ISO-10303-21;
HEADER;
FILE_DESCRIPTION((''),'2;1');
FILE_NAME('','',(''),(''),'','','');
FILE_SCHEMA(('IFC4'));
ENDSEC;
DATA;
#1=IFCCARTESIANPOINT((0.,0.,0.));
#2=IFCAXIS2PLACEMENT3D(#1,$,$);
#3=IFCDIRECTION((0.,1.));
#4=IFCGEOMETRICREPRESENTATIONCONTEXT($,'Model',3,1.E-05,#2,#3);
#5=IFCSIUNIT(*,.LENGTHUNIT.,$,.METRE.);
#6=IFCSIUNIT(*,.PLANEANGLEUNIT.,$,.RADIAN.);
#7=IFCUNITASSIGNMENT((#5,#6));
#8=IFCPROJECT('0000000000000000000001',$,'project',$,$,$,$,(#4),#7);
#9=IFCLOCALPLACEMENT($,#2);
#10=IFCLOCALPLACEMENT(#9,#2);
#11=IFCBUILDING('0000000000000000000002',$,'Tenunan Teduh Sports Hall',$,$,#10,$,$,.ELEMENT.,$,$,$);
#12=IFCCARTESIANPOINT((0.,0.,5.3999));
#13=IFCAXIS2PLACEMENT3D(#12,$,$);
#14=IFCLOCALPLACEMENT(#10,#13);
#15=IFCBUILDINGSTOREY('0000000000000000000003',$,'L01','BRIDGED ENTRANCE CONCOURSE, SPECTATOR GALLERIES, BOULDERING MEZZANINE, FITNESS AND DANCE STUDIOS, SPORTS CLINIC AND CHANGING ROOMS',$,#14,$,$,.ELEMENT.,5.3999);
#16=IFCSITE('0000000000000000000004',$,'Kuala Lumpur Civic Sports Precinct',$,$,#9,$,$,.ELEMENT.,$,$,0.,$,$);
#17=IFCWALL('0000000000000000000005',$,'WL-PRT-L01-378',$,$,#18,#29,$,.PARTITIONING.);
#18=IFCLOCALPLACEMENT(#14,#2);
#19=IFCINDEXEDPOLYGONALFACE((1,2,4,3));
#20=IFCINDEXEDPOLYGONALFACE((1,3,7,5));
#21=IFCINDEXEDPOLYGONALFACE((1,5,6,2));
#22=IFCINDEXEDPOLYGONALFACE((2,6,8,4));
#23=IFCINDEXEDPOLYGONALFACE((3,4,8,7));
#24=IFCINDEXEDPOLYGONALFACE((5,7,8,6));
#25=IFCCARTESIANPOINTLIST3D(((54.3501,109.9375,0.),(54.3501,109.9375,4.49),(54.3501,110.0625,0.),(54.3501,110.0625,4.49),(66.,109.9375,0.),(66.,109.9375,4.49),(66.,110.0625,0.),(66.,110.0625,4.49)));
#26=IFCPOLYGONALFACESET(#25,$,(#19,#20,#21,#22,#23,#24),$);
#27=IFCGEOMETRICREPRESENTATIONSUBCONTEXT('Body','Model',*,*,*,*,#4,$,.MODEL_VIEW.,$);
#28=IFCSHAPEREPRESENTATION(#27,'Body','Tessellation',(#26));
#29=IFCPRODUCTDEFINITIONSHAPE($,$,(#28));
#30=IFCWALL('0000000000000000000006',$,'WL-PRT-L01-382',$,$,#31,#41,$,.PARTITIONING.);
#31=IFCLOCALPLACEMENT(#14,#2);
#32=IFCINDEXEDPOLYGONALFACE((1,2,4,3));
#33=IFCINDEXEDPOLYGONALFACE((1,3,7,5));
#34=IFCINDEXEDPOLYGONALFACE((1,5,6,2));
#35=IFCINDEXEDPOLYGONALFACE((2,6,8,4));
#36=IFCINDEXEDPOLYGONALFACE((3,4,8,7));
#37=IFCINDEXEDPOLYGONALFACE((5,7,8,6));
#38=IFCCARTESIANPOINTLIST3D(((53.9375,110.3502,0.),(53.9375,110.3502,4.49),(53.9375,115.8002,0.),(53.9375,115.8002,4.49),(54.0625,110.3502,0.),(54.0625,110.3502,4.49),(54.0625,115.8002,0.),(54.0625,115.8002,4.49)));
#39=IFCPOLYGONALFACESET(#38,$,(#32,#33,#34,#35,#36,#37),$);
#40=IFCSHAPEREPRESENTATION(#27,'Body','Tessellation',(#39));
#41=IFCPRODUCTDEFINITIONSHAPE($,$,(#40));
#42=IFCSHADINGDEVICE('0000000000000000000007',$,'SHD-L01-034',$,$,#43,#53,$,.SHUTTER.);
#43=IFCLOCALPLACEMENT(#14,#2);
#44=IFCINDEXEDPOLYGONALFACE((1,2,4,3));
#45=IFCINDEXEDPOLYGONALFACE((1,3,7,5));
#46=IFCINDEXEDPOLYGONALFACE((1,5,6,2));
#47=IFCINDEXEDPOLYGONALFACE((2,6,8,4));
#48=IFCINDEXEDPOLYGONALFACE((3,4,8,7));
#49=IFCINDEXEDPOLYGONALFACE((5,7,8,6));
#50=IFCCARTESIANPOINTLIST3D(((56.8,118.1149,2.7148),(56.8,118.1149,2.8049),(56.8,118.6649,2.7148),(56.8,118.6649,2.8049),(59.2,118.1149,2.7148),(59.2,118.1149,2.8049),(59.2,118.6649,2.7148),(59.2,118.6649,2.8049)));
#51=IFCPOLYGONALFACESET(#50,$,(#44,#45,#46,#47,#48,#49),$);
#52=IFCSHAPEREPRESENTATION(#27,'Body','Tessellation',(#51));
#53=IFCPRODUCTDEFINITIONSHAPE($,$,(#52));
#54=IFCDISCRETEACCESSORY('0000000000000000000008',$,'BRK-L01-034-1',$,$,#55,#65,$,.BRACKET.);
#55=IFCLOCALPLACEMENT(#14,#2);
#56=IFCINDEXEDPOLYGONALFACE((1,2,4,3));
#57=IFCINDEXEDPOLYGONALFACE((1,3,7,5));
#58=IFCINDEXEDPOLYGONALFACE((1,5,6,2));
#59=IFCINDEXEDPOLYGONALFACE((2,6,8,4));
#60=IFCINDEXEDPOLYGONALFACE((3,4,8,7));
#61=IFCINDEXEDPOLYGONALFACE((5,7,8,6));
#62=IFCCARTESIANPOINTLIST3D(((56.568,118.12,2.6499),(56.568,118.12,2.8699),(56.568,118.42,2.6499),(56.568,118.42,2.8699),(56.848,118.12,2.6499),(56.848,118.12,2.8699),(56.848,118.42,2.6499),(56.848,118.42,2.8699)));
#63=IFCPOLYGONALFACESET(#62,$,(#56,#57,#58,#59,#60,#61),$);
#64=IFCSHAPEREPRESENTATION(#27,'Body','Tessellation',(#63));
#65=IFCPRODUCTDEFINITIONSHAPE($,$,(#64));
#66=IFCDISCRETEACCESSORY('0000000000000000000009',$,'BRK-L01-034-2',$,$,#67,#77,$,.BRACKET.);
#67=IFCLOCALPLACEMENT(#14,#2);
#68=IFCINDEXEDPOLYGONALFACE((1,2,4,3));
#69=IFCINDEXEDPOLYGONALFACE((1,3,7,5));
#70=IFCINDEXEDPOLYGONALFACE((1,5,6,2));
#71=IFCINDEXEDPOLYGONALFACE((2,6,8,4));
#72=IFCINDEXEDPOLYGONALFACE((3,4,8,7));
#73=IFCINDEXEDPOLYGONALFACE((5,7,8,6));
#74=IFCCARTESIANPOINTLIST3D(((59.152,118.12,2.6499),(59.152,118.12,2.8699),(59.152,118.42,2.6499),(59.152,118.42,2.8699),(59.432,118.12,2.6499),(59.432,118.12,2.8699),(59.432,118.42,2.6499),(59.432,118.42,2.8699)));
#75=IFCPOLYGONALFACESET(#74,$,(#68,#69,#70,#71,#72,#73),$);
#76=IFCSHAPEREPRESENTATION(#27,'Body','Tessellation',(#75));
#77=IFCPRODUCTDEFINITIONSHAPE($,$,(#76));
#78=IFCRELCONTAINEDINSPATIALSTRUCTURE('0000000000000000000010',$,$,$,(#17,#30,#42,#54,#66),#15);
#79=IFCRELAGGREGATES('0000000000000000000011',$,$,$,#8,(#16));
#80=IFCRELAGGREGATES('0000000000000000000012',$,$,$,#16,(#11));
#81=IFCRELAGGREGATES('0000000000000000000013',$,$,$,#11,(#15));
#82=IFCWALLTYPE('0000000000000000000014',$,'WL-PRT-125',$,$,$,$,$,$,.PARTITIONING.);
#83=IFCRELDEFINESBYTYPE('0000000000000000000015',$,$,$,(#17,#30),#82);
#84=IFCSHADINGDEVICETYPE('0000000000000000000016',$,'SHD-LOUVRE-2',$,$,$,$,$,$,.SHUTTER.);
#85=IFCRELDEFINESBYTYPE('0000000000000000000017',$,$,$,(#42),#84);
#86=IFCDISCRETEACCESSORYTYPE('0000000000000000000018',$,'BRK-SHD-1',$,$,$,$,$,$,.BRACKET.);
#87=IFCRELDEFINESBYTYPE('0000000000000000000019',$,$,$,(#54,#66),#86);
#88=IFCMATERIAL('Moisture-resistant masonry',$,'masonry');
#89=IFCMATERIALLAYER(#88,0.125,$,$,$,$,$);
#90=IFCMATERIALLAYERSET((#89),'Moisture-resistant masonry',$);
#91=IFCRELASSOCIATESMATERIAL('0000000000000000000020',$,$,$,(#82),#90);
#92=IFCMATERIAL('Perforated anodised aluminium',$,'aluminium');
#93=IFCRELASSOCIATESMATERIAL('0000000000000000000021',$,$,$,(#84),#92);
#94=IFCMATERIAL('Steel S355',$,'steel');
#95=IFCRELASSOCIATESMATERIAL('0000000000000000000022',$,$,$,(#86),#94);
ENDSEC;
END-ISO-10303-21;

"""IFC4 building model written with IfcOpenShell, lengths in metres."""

from ifc_helpers import new_model, si_unit, direction, frame, frame_2d, origin, origin_2d, place, context, subcontext, project, spatial, rectangle, extrude, material, layer, layer_set, type_object, element, save


model = new_model("IFC4")

# Units and contexts
model_context = context("Model", 3, precision=1e-05, world=origin(), true_north=direction((0.0, 1.0)))
body_context = subcontext(model_context, "Body", "Model", "MODEL_VIEW")
ifc_project = project(units=[si_unit("LENGTHUNIT", "METRE"), si_unit("PLANEANGLEUNIT", "RADIAN")], contexts=[model_context])

# Site, building, storey
site_placement = place(None, origin())
site = spatial("IfcSite", under=ifc_project, at=site_placement, Name="Kuala Lumpur Civic Sports Precinct", CompositionType="ELEMENT", RefElevation=0.0)
building_placement = place(site_placement, origin())
building = spatial("IfcBuilding", under=site, at=building_placement, Name="Tenunan Teduh Sports Hall", CompositionType="ELEMENT")
storey_placement = place(building_placement, frame((0.0, 0.0, 5.3999)))
storey = spatial("IfcBuildingStorey", under=building, at=storey_placement, Name="L01", Description="BRIDGED ENTRANCE CONCOURSE, SPECTATOR GALLERIES, BOULDERING MEZZANINE, FITNESS AND DANCE STUDIOS, SPORTS CLINIC AND CHANGING ROOMS", CompositionType="ELEMENT", Elevation=5.3999)

# Walls
ifc_material_1 = material(Name="Moisture-resistant masonry", Category="masonry")
ifc_layer_1 = layer(ifc_material_1, 0.125)
ifc_layer_set_1 = layer_set([ifc_layer_1], Name="Moisture-resistant masonry")
wall_type_1 = type_object("IfcWallType", Name="WL-PRT-125", PredefinedType="PARTITIONING", material=ifc_layer_set_1)
wall_1_placement = place(storey_placement, frame((54.3501, 110.0, 0.0), z_axis=(0.0, 0.0, 1.0), x_axis=(1.0, 0.0, 0.0)))
element("IfcWall", 1, at=wall_1_placement, inside=storey, type_object=wall_type_1, Name="WL-PRT-L01-378", PredefinedType="PARTITIONING", context=body_context, shape_type="SweptSolid", body=[
    extrude(rectangle(XDim=11.6499, YDim=0.125, at=frame_2d((5.825, 0.0))), origin(), (0.0, 0.0, 1.0), 4.49),
])
wall_2_placement = place(storey_placement, frame((54.0, 110.3501, 0.0), z_axis=(0.0, 0.0, 1.0), x_axis=(0.0, 1.0, 0.0)))
element("IfcWall", 2, at=wall_2_placement, inside=storey, type_object=wall_type_1, Name="WL-PRT-L01-382", PredefinedType="PARTITIONING", context=body_context, shape_type="SweptSolid", body=[
    extrude(rectangle(XDim=5.45, YDim=0.125, at=frame_2d((2.7251, 0.0))), origin(), (0.0, 0.0, 1.0), 4.49),
])

# Shading device
ifc_material_2 = material(Name="Perforated anodised aluminium", Category="aluminium")
shading_device_type = type_object("IfcShadingDeviceType", Name="SHD-LOUVRE-2", PredefinedType="SHUTTER", material=ifc_material_2)
shading_device_placement = place(storey_placement, frame((58.0, 118.3899, 2.7148), z_axis=(0.0, 0.0, 1.0), x_axis=(1.0, 0.0, 0.0)))
element("IfcShadingDevice", 3, at=shading_device_placement, inside=storey, type_object=shading_device_type, Name="SHD-L01-034", PredefinedType="SHUTTER", context=body_context, shape_type="SweptSolid", body=[
    extrude(rectangle(XDim=2.3999, YDim=0.55, at=origin_2d()), origin(), (0.0, 0.0, 1.0), 0.0901),
])

# Discrete accessories
ifc_material_3 = material(Name="Steel S355", Category="steel")
discrete_accessory_type = type_object("IfcDiscreteAccessoryType", Name="BRK-SHD-1", PredefinedType="BRACKET", material=ifc_material_3)
for number, where, z_axis, x_axis, name in (
    (4, (56.708, 118.27, 2.6499), (0.0, 0.0, 1.0), (1.0, 0.0, 0.0), "BRK-L01-034-1"),
    (5, (59.292, 118.27, 2.6499), (0.0, 0.0, 1.0), (1.0, 0.0, 0.0), "BRK-L01-034-2"),
):
    element("IfcDiscreteAccessory", number, at=place(storey_placement, frame(where, z_axis=z_axis, x_axis=x_axis)), inside=storey, type_object=discrete_accessory_type, Name=name, PredefinedType="BRACKET", context=body_context, shape_type="SweptSolid", body=[
        extrude(rectangle(XDim=0.28, YDim=0.3, at=origin_2d()), origin(), (0.0, 0.0, 1.0), 0.22),
    ])

save(model, "model.ifc")
